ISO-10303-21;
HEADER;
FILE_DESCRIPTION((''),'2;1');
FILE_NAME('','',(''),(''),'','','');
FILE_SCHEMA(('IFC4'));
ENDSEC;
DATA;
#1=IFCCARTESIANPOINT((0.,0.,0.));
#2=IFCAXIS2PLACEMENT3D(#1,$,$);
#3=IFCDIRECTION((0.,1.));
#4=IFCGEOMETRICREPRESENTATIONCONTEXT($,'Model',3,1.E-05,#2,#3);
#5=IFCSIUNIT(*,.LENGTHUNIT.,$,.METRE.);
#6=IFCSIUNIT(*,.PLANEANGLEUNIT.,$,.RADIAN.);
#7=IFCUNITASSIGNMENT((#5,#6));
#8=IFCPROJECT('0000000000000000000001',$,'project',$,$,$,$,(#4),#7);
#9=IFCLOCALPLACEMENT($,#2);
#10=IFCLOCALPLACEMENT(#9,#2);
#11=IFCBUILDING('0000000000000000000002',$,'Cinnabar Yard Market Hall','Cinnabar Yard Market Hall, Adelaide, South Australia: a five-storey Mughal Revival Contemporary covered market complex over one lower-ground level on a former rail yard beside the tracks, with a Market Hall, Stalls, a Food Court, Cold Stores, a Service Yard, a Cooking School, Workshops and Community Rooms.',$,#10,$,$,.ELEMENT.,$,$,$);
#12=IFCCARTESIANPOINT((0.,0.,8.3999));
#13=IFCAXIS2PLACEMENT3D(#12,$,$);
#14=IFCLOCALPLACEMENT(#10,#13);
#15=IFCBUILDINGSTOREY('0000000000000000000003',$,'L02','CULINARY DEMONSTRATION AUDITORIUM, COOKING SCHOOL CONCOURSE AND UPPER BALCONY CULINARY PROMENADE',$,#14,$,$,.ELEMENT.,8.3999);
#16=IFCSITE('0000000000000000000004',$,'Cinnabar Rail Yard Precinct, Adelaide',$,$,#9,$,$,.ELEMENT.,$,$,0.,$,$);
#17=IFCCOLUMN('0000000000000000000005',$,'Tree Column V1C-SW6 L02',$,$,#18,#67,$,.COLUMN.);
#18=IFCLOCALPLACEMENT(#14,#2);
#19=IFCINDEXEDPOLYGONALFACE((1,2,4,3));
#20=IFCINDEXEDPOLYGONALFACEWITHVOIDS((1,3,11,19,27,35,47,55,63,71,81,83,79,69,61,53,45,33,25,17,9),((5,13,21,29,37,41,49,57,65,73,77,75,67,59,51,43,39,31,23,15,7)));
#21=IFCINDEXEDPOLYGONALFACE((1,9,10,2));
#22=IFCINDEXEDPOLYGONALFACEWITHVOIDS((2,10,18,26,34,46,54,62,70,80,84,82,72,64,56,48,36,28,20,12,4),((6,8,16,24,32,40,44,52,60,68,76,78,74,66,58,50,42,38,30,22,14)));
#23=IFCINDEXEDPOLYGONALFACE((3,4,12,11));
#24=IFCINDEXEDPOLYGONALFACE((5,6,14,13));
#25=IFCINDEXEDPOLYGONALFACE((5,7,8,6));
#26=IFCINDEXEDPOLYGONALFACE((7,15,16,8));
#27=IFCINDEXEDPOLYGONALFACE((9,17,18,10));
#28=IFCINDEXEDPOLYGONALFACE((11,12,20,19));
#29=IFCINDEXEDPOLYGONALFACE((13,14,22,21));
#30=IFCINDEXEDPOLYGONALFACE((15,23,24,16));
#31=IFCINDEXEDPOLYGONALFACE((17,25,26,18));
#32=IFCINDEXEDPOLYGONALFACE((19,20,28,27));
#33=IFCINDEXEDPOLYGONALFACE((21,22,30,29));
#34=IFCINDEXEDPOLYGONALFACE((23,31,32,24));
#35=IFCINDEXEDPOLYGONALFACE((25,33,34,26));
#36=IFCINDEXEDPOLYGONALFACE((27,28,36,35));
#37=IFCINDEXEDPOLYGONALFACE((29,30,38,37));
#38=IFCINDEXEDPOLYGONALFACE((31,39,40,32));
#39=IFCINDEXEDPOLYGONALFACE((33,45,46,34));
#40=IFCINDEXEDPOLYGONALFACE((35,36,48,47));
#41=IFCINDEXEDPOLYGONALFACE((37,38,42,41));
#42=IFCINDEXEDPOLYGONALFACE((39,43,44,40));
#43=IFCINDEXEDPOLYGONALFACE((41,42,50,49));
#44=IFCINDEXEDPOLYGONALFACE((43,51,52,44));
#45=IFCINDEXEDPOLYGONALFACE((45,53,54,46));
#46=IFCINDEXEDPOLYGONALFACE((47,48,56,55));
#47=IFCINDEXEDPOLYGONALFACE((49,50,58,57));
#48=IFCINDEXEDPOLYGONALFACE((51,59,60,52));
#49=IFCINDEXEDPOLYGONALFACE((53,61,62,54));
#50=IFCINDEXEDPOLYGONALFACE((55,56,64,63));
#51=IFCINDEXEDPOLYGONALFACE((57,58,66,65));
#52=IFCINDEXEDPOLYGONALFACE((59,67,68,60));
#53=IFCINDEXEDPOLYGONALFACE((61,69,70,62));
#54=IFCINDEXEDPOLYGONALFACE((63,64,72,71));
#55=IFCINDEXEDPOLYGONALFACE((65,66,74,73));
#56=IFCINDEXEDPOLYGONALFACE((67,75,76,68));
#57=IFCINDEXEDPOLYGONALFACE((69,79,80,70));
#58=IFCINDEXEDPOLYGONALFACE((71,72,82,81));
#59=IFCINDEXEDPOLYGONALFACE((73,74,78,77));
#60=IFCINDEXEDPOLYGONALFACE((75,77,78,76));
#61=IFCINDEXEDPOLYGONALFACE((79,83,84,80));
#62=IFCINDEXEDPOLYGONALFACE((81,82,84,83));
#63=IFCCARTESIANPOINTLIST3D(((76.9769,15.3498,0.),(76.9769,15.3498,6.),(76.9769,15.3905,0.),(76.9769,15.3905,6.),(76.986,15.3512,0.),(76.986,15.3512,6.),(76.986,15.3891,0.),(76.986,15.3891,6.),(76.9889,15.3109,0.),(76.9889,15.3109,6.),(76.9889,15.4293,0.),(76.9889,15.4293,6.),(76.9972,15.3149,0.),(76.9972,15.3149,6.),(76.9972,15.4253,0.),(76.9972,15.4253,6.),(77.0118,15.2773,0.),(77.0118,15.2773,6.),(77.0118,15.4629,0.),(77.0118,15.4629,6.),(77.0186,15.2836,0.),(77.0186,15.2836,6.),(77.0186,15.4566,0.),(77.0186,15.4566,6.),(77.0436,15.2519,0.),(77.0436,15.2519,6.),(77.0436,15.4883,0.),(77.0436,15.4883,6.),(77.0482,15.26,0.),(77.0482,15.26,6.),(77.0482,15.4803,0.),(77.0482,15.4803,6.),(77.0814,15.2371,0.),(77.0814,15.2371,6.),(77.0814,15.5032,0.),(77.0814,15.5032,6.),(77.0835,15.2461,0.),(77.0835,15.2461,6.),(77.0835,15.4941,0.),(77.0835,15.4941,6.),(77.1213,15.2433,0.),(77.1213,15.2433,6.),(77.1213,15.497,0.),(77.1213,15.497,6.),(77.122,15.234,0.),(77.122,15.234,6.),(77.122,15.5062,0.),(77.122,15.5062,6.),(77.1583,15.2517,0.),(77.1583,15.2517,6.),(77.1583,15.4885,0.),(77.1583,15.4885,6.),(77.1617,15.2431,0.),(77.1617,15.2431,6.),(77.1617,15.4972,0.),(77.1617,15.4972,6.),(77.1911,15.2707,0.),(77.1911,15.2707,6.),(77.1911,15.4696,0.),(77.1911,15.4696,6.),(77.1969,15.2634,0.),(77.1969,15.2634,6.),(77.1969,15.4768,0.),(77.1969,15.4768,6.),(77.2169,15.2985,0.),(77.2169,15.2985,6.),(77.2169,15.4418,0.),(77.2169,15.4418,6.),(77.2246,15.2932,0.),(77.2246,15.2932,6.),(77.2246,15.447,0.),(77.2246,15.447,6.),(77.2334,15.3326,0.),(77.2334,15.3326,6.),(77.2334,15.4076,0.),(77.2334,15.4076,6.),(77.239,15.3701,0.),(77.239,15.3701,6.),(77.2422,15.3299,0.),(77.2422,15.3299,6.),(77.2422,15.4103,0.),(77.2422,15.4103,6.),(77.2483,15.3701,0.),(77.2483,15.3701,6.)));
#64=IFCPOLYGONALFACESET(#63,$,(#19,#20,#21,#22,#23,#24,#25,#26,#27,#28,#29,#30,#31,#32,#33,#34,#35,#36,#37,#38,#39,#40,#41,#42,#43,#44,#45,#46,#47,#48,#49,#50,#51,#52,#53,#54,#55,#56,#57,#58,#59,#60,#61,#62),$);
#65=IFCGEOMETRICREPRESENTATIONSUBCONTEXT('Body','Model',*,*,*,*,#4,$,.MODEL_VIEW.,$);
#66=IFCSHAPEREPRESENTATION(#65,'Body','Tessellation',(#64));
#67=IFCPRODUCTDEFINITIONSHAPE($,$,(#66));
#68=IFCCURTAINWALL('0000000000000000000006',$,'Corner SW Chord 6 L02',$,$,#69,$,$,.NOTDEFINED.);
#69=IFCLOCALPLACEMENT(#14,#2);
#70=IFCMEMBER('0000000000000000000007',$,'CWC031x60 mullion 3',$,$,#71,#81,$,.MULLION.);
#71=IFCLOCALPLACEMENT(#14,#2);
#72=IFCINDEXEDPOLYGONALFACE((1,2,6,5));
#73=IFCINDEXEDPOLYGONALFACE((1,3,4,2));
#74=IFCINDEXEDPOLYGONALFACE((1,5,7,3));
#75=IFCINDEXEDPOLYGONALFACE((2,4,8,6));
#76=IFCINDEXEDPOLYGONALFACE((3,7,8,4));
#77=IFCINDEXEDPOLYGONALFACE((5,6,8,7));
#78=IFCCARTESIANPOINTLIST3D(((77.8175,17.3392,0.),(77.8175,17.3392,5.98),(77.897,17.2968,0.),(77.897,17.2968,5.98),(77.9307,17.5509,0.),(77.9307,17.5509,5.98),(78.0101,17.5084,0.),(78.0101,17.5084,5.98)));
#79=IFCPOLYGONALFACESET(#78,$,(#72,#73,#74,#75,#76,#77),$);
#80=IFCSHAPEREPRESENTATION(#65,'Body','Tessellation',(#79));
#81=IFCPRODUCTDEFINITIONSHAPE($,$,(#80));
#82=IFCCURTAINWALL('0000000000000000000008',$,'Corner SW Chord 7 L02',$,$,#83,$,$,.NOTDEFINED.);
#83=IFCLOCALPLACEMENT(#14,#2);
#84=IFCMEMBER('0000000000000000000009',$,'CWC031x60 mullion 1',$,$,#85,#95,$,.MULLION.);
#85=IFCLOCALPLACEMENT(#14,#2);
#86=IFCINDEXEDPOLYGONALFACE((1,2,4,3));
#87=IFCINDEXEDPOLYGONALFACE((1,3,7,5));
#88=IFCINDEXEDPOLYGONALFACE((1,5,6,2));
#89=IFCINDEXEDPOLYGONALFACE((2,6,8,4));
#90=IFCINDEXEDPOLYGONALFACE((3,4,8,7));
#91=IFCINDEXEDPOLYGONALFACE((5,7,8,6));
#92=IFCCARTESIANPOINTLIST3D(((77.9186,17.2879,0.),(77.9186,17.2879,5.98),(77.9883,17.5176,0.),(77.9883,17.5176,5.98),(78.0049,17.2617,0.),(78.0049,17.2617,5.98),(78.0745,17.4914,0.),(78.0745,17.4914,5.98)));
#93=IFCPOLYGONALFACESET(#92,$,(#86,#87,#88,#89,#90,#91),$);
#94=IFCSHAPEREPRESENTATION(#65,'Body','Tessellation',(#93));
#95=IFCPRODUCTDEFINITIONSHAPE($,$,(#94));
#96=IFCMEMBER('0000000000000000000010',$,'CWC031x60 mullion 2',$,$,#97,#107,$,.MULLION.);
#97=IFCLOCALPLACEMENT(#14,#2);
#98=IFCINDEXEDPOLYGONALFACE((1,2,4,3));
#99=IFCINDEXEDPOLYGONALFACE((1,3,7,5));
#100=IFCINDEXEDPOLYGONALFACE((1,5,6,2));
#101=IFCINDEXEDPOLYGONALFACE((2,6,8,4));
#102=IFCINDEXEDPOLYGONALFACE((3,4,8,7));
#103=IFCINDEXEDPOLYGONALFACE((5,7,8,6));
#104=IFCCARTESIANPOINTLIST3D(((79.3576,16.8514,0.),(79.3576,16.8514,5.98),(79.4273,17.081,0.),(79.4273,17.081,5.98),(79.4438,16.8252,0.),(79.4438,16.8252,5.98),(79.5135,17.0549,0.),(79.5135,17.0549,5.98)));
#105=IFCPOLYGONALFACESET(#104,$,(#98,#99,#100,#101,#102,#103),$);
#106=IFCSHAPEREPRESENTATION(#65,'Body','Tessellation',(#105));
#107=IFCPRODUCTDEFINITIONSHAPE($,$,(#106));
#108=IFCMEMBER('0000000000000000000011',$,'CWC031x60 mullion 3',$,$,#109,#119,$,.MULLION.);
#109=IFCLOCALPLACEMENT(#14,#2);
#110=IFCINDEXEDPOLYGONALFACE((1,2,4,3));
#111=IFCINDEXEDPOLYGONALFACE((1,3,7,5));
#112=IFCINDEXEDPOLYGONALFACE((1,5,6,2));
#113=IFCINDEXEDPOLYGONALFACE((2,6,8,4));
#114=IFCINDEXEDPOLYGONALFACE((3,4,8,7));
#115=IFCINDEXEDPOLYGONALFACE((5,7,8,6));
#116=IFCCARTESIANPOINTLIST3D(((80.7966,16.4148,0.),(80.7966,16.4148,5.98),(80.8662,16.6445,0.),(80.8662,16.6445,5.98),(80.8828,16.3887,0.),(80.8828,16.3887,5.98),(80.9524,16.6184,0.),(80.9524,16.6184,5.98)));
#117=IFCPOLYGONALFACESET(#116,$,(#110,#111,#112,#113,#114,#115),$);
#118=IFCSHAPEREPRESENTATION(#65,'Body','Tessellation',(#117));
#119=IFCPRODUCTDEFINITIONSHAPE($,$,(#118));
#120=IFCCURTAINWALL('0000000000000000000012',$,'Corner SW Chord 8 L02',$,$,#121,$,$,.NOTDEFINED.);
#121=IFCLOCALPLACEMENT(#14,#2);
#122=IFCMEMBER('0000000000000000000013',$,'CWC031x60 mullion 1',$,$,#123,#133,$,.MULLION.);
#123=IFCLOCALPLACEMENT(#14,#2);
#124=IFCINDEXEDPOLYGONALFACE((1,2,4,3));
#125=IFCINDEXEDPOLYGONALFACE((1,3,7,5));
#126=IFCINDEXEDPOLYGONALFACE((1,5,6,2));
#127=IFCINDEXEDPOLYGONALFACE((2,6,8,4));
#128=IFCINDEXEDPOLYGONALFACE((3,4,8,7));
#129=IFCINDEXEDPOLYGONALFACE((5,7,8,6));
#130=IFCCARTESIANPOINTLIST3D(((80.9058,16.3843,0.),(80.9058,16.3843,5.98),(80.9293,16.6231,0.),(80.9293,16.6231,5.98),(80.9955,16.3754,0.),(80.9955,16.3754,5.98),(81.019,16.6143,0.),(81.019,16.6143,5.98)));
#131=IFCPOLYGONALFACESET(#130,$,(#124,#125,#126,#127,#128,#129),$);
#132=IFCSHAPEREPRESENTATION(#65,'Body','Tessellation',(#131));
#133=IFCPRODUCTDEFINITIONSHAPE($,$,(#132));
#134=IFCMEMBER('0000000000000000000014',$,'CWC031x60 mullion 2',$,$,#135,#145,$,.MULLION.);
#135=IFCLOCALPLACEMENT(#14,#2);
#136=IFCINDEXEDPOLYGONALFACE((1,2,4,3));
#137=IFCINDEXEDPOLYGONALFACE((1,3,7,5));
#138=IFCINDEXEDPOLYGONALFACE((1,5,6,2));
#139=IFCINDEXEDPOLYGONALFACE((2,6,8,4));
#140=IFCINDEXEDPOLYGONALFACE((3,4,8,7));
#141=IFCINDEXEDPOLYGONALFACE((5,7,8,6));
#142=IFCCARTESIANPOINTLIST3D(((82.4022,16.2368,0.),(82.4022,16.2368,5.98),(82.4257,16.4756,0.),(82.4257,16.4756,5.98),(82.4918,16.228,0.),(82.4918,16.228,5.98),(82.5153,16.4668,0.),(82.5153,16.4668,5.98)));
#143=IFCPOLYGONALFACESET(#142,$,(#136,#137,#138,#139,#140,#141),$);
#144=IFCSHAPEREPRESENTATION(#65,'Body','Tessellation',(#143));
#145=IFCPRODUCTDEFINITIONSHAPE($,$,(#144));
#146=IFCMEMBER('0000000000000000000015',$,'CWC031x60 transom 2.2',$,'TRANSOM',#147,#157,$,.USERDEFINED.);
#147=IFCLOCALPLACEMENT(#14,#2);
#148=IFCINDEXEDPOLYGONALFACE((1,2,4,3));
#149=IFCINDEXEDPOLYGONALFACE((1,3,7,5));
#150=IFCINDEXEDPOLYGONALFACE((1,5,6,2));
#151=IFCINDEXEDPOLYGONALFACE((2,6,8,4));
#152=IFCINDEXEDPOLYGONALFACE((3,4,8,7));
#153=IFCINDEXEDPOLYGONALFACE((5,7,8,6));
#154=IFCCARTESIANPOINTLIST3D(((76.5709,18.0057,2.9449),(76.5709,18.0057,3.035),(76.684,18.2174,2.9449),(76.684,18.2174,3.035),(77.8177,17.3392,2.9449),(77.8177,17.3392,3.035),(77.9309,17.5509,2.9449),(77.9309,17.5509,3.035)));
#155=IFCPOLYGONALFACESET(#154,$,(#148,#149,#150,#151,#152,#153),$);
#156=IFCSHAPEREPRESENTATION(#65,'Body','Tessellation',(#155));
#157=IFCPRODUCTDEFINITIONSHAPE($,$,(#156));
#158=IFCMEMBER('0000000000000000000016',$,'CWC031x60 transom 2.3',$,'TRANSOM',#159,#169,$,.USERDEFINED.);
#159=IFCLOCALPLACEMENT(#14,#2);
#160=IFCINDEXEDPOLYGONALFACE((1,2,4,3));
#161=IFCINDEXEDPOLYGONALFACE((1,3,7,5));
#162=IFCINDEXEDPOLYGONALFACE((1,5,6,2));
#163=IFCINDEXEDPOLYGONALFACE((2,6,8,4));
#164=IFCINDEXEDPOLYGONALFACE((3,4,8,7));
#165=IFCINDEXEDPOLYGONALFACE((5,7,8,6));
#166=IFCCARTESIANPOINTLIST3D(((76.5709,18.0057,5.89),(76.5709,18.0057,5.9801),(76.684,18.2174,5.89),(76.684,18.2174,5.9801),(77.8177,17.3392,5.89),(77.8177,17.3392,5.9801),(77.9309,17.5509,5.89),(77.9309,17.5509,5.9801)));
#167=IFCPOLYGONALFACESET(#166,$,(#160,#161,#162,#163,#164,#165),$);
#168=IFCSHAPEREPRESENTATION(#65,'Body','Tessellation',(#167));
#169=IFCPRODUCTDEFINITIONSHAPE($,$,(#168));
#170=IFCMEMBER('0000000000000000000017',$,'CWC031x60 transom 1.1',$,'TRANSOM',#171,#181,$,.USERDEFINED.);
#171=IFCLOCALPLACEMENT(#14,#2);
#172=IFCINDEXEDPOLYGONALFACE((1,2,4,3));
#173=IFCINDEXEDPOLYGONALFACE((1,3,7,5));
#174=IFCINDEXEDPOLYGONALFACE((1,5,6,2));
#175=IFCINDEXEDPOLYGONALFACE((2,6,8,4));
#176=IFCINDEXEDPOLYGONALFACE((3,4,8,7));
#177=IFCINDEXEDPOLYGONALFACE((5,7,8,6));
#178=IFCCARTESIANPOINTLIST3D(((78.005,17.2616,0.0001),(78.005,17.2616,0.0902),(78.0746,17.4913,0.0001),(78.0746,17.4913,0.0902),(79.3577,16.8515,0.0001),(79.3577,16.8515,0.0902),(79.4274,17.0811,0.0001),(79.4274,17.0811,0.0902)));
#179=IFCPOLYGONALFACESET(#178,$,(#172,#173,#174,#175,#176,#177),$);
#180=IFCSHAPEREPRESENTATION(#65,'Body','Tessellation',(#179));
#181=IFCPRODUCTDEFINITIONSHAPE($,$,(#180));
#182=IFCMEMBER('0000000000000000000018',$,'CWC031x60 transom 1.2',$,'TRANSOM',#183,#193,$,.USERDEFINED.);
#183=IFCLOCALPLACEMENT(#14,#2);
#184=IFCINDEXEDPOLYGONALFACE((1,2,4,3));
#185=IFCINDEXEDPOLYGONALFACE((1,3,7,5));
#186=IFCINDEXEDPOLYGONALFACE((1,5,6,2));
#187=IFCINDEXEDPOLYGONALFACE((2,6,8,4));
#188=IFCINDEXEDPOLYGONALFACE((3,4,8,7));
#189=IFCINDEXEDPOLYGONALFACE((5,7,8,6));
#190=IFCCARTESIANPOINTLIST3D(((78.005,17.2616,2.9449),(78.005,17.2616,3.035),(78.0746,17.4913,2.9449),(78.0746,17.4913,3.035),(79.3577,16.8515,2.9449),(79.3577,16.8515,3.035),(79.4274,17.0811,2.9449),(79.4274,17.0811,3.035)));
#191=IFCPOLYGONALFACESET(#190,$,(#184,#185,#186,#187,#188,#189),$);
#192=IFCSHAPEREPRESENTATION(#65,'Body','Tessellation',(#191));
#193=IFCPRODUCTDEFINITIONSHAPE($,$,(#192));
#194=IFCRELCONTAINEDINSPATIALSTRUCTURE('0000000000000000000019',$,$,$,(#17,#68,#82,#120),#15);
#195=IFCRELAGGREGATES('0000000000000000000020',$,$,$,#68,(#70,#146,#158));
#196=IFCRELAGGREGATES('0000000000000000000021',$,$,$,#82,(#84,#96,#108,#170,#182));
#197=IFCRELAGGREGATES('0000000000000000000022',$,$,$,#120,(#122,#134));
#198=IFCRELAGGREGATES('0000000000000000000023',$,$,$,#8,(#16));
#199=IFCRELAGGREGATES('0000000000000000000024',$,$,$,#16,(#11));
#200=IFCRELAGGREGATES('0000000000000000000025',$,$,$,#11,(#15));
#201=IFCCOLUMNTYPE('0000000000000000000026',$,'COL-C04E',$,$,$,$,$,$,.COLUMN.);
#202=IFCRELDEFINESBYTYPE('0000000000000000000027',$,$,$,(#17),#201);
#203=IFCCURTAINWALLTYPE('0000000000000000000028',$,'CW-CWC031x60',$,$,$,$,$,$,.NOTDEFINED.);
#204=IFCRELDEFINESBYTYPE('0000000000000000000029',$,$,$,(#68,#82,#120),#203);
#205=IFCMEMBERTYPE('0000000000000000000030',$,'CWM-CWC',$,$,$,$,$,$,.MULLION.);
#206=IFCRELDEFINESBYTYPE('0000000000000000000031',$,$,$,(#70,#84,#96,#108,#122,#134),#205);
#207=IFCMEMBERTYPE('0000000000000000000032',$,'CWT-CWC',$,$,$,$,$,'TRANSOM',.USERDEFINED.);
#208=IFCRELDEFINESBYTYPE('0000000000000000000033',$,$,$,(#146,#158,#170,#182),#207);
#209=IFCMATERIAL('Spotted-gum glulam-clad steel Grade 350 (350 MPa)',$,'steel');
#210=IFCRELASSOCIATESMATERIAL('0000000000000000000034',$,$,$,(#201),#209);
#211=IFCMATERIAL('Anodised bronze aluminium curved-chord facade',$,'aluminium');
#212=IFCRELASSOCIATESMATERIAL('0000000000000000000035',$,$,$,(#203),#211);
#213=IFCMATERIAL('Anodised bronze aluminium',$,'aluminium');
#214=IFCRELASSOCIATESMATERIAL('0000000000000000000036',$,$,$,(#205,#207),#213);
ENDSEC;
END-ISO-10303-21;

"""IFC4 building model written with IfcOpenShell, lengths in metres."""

from ifc_helpers import new_model, si_unit, direction, frame, origin, origin_2d_with_axis, place, context, subcontext, project, spatial, rectangle, hollow_circle, extrude, material, material_profile, profile_set, type_object, element, aggregate, save


model = new_model("IFC4")

# Units and contexts
model_context = context("Model", 3, precision=1e-05, world=origin(), true_north=direction((0.0, 1.0)))
body_context = subcontext(model_context, "Body", "Model", "MODEL_VIEW")
ifc_project = project(units=[si_unit("LENGTHUNIT", "METRE"), si_unit("PLANEANGLEUNIT", "RADIAN")], contexts=[model_context])

# Site, building, storey
site_placement = place(None, origin())
site = spatial("IfcSite", under=ifc_project, at=site_placement, Name="Cinnabar Rail Yard Precinct, Adelaide", CompositionType="ELEMENT", RefElevation=0.0)
building_placement = place(site_placement, origin())
building = spatial("IfcBuilding", under=site, at=building_placement, Name="Cinnabar Yard Market Hall", Description="Cinnabar Yard Market Hall, Adelaide, South Australia: a five-storey Mughal Revival Contemporary covered market complex over one lower-ground level on a former rail yard beside the tracks, with a Market Hall, Stalls, a Food Court, Cold Stores, a Service Yard, a Cooking School, Workshops and Community Rooms.", CompositionType="ELEMENT")
storey_placement = place(building_placement, frame((0.0, 0.0, 8.3999)))
storey = spatial("IfcBuildingStorey", under=building, at=storey_placement, Name="L02", Description="CULINARY DEMONSTRATION AUDITORIUM, COOKING SCHOOL CONCOURSE AND UPPER BALCONY CULINARY PROMENADE", CompositionType="ELEMENT", Elevation=8.3999)

# Column
ifc_material_1 = material(Name="Spotted-gum glulam-clad steel Grade 350 (350 MPa)", Category="steel")
ifc_material_profile_1 = material_profile(ifc_material_1, hollow_circle(Radius=0.1365, WallThickness=0.0093, at=origin_2d_with_axis()), Name="273.1x9.3CHS")
ifc_profile_set_1 = profile_set([ifc_material_profile_1], Name="Spotted-gum glulam-clad steel Grade 350 (350 MPa)")
column_type = type_object("IfcColumnType", Name="COL-C04E", PredefinedType="COLUMN", material=ifc_profile_set_1)
column_placement = place(storey_placement, frame((77.1118, 15.3701, 0.0), z_axis=(0.0, 0.0, 1.0), x_axis=(1.0, 0.0, 0.0)))
element("IfcColumn", 1, at=column_placement, inside=storey, type_object=column_type, Name="Tree Column V1C-SW6 L02", PredefinedType="COLUMN", context=body_context, shape_type="SweptSolid", body=[
    extrude(hollow_circle(Radius=0.1365, WallThickness=0.0093, at=origin_2d_with_axis()), origin(), (0.0, 0.0, 1.0), 6.0),
])

# Curtain wall, member
ifc_material_2 = material(Name="Anodised bronze aluminium curved-chord facade", Category="aluminium")
curtain_wall_type = type_object("IfcCurtainWallType", Name="CW-CWC031x60", PredefinedType="NOTDEFINED", material=ifc_material_2)
curtain_wall_1_placement = place(storey_placement, origin())
curtain_wall_1 = element("IfcCurtainWall", 2, at=curtain_wall_1_placement, inside=storey, type_object=curtain_wall_type, Name="Corner SW Chord 6 L02", PredefinedType="NOTDEFINED")
ifc_material_3 = material(Name="Anodised bronze aluminium", Category="aluminium")
ifc_material_profile_2 = material_profile(ifc_material_3, rectangle(XDim=0.24, YDim=0.0901, at=origin_2d_with_axis()), Name="MUL-CWC")
ifc_profile_set_2 = profile_set([ifc_material_profile_2], Name="Anodised bronze aluminium")
member_type_1 = type_object("IfcMemberType", Name="CWM-CWC", PredefinedType="MULLION", material=ifc_profile_set_2)
member_1_placement = place(storey_placement, frame((77.9138, 17.4238, 0.0), z_axis=(0.0, 0.0, 1.0), x_axis=(0.471404, 0.881917, 0.0)))
member_1 = element("IfcMember", 3, at=member_1_placement, type_object=member_type_1, Name="CWC031x60 mullion 3", PredefinedType="MULLION", context=body_context, shape_type="SweptSolid", body=[
    extrude(rectangle(XDim=0.24, YDim=0.0901, at=origin_2d_with_axis()), origin(), (0.0, 0.0, 1.0), 5.98),
])

# Curtain walls, members
curtain_wall_2_placement = place(storey_placement, origin())
curtain_wall_2 = element("IfcCurtainWall", 4, at=curtain_wall_2_placement, inside=storey, type_object=curtain_wall_type, Name="Corner SW Chord 7 L02", PredefinedType="NOTDEFINED")
member_2_placement = place(storey_placement, frame((77.9966, 17.3896, 0.0), z_axis=(0.0, 0.0, 1.0), x_axis=(0.290279, 0.956942, 0.0)))
member_2 = element("IfcMember", 5, at=member_2_placement, type_object=member_type_1, Name="CWC031x60 mullion 1", PredefinedType="MULLION", context=body_context, shape_type="SweptSolid", body=[
    extrude(rectangle(XDim=0.24, YDim=0.0901, at=origin_2d_with_axis()), origin(), (0.0, 0.0, 1.0), 5.98),
])
member_3_placement = place(storey_placement, frame((79.4355, 16.9531, 0.0), z_axis=(0.0, 0.0, 1.0), x_axis=(0.290279, 0.956942, 0.0)))
member_3 = element("IfcMember", 6, at=member_3_placement, type_object=member_type_1, Name="CWC031x60 mullion 2", PredefinedType="MULLION", context=body_context, shape_type="SweptSolid", body=[
    extrude(rectangle(XDim=0.24, YDim=0.0901, at=origin_2d_with_axis()), origin(), (0.0, 0.0, 1.0), 5.98),
])
member_4_placement = place(storey_placement, frame((80.8745, 16.5166, 0.0), z_axis=(0.0, 0.0, 1.0), x_axis=(0.290279, 0.956942, 0.0)))
member_4 = element("IfcMember", 7, at=member_4_placement, type_object=member_type_1, Name="CWC031x60 mullion 3", PredefinedType="MULLION", context=body_context, shape_type="SweptSolid", body=[
    extrude(rectangle(XDim=0.24, YDim=0.0901, at=origin_2d_with_axis()), origin(), (0.0, 0.0, 1.0), 5.98),
])
curtain_wall_3_placement = place(storey_placement, origin())
curtain_wall_3 = element("IfcCurtainWall", 8, at=curtain_wall_3_placement, inside=storey, type_object=curtain_wall_type, Name="Corner SW Chord 8 L02", PredefinedType="NOTDEFINED")
member_5_placement = place(storey_placement, frame((80.9624, 16.4993, 0.0), z_axis=(0.0, 0.0, 1.0), x_axis=(0.09802, 0.995184, 0.0)))
member_5 = element("IfcMember", 9, at=member_5_placement, type_object=member_type_1, Name="CWC031x60 mullion 1", PredefinedType="MULLION", context=body_context, shape_type="SweptSolid", body=[
    extrude(rectangle(XDim=0.24, YDim=0.0901, at=origin_2d_with_axis()), origin(), (0.0, 0.0, 1.0), 5.98),
])
member_6_placement = place(storey_placement, frame((82.4587, 16.3518, 0.0), z_axis=(0.0, 0.0, 1.0), x_axis=(0.09802, 0.995184, 0.0)))
member_6 = element("IfcMember", 10, at=member_6_placement, type_object=member_type_1, Name="CWC031x60 mullion 2", PredefinedType="MULLION", context=body_context, shape_type="SweptSolid", body=[
    extrude(rectangle(XDim=0.24, YDim=0.0901, at=origin_2d_with_axis()), origin(), (0.0, 0.0, 1.0), 5.98),
])

# Members
ifc_material_profile_3 = material_profile(ifc_material_3, rectangle(XDim=0.24, YDim=0.0901, at=origin_2d_with_axis()), Name="TRN-CWC")
ifc_profile_set_3 = profile_set([ifc_material_profile_3], Name="Anodised bronze aluminium")
member_type_2 = type_object("IfcMemberType", Name="CWT-CWC", ElementType="TRANSOM", PredefinedType="USERDEFINED", material=ifc_profile_set_3)
member_7_placement = place(storey_placement, frame((76.6274, 18.1116, 2.99), z_axis=(0.881903, -0.471431, 0.0), x_axis=(0.471431, 0.881903, 0.0)))
member_7 = element("IfcMember", 11, at=member_7_placement, type_object=member_type_2, Name="CWC031x60 transom 2.2", ObjectType="TRANSOM", PredefinedType="USERDEFINED", context=body_context, shape_type="SweptSolid", body=[
    extrude(rectangle(XDim=0.24, YDim=0.0901, at=origin_2d_with_axis()), origin(), (0.0, 0.0, 1.0), 1.4138),
])
member_8_placement = place(storey_placement, frame((76.6274, 18.1116, 5.9351), z_axis=(0.881903, -0.471431, 0.0), x_axis=(0.471431, 0.881903, 0.0)))
member_8 = element("IfcMember", 12, at=member_8_placement, type_object=member_type_2, Name="CWC031x60 transom 2.3", ObjectType="TRANSOM", PredefinedType="USERDEFINED", context=body_context, shape_type="SweptSolid", body=[
    extrude(rectangle(XDim=0.24, YDim=0.0901, at=origin_2d_with_axis()), origin(), (0.0, 0.0, 1.0), 1.4138),
])
member_9_placement = place(storey_placement, frame((78.0398, 17.3765, 0.0452), z_axis=(0.956981, -0.290151, 0.0), x_axis=(0.290151, 0.956981, 0.0)))
member_9 = element("IfcMember", 13, at=member_9_placement, type_object=member_type_2, Name="CWC031x60 transom 1.1", ObjectType="TRANSOM", PredefinedType="USERDEFINED", context=body_context, shape_type="SweptSolid", body=[
    extrude(rectangle(XDim=0.24, YDim=0.0901, at=origin_2d_with_axis()), origin(), (0.0, 0.0, 1.0), 1.4136),
])
member_10_placement = place(storey_placement, frame((78.0398, 17.3765, 2.99), z_axis=(0.956981, -0.290151, 0.0), x_axis=(0.290151, 0.956981, 0.0)))
member_10 = element("IfcMember", 14, at=member_10_placement, type_object=member_type_2, Name="CWC031x60 transom 1.2", ObjectType="TRANSOM", PredefinedType="USERDEFINED", context=body_context, shape_type="SweptSolid", body=[
    extrude(rectangle(XDim=0.24, YDim=0.0901, at=origin_2d_with_axis()), origin(), (0.0, 0.0, 1.0), 1.4136),
])

aggregate(curtain_wall_1, [member_1, member_7, member_8])
aggregate(curtain_wall_2, [member_2, member_3, member_4, member_9, member_10])
aggregate(curtain_wall_3, [member_5, member_6])

save(model, "model.ifc")
